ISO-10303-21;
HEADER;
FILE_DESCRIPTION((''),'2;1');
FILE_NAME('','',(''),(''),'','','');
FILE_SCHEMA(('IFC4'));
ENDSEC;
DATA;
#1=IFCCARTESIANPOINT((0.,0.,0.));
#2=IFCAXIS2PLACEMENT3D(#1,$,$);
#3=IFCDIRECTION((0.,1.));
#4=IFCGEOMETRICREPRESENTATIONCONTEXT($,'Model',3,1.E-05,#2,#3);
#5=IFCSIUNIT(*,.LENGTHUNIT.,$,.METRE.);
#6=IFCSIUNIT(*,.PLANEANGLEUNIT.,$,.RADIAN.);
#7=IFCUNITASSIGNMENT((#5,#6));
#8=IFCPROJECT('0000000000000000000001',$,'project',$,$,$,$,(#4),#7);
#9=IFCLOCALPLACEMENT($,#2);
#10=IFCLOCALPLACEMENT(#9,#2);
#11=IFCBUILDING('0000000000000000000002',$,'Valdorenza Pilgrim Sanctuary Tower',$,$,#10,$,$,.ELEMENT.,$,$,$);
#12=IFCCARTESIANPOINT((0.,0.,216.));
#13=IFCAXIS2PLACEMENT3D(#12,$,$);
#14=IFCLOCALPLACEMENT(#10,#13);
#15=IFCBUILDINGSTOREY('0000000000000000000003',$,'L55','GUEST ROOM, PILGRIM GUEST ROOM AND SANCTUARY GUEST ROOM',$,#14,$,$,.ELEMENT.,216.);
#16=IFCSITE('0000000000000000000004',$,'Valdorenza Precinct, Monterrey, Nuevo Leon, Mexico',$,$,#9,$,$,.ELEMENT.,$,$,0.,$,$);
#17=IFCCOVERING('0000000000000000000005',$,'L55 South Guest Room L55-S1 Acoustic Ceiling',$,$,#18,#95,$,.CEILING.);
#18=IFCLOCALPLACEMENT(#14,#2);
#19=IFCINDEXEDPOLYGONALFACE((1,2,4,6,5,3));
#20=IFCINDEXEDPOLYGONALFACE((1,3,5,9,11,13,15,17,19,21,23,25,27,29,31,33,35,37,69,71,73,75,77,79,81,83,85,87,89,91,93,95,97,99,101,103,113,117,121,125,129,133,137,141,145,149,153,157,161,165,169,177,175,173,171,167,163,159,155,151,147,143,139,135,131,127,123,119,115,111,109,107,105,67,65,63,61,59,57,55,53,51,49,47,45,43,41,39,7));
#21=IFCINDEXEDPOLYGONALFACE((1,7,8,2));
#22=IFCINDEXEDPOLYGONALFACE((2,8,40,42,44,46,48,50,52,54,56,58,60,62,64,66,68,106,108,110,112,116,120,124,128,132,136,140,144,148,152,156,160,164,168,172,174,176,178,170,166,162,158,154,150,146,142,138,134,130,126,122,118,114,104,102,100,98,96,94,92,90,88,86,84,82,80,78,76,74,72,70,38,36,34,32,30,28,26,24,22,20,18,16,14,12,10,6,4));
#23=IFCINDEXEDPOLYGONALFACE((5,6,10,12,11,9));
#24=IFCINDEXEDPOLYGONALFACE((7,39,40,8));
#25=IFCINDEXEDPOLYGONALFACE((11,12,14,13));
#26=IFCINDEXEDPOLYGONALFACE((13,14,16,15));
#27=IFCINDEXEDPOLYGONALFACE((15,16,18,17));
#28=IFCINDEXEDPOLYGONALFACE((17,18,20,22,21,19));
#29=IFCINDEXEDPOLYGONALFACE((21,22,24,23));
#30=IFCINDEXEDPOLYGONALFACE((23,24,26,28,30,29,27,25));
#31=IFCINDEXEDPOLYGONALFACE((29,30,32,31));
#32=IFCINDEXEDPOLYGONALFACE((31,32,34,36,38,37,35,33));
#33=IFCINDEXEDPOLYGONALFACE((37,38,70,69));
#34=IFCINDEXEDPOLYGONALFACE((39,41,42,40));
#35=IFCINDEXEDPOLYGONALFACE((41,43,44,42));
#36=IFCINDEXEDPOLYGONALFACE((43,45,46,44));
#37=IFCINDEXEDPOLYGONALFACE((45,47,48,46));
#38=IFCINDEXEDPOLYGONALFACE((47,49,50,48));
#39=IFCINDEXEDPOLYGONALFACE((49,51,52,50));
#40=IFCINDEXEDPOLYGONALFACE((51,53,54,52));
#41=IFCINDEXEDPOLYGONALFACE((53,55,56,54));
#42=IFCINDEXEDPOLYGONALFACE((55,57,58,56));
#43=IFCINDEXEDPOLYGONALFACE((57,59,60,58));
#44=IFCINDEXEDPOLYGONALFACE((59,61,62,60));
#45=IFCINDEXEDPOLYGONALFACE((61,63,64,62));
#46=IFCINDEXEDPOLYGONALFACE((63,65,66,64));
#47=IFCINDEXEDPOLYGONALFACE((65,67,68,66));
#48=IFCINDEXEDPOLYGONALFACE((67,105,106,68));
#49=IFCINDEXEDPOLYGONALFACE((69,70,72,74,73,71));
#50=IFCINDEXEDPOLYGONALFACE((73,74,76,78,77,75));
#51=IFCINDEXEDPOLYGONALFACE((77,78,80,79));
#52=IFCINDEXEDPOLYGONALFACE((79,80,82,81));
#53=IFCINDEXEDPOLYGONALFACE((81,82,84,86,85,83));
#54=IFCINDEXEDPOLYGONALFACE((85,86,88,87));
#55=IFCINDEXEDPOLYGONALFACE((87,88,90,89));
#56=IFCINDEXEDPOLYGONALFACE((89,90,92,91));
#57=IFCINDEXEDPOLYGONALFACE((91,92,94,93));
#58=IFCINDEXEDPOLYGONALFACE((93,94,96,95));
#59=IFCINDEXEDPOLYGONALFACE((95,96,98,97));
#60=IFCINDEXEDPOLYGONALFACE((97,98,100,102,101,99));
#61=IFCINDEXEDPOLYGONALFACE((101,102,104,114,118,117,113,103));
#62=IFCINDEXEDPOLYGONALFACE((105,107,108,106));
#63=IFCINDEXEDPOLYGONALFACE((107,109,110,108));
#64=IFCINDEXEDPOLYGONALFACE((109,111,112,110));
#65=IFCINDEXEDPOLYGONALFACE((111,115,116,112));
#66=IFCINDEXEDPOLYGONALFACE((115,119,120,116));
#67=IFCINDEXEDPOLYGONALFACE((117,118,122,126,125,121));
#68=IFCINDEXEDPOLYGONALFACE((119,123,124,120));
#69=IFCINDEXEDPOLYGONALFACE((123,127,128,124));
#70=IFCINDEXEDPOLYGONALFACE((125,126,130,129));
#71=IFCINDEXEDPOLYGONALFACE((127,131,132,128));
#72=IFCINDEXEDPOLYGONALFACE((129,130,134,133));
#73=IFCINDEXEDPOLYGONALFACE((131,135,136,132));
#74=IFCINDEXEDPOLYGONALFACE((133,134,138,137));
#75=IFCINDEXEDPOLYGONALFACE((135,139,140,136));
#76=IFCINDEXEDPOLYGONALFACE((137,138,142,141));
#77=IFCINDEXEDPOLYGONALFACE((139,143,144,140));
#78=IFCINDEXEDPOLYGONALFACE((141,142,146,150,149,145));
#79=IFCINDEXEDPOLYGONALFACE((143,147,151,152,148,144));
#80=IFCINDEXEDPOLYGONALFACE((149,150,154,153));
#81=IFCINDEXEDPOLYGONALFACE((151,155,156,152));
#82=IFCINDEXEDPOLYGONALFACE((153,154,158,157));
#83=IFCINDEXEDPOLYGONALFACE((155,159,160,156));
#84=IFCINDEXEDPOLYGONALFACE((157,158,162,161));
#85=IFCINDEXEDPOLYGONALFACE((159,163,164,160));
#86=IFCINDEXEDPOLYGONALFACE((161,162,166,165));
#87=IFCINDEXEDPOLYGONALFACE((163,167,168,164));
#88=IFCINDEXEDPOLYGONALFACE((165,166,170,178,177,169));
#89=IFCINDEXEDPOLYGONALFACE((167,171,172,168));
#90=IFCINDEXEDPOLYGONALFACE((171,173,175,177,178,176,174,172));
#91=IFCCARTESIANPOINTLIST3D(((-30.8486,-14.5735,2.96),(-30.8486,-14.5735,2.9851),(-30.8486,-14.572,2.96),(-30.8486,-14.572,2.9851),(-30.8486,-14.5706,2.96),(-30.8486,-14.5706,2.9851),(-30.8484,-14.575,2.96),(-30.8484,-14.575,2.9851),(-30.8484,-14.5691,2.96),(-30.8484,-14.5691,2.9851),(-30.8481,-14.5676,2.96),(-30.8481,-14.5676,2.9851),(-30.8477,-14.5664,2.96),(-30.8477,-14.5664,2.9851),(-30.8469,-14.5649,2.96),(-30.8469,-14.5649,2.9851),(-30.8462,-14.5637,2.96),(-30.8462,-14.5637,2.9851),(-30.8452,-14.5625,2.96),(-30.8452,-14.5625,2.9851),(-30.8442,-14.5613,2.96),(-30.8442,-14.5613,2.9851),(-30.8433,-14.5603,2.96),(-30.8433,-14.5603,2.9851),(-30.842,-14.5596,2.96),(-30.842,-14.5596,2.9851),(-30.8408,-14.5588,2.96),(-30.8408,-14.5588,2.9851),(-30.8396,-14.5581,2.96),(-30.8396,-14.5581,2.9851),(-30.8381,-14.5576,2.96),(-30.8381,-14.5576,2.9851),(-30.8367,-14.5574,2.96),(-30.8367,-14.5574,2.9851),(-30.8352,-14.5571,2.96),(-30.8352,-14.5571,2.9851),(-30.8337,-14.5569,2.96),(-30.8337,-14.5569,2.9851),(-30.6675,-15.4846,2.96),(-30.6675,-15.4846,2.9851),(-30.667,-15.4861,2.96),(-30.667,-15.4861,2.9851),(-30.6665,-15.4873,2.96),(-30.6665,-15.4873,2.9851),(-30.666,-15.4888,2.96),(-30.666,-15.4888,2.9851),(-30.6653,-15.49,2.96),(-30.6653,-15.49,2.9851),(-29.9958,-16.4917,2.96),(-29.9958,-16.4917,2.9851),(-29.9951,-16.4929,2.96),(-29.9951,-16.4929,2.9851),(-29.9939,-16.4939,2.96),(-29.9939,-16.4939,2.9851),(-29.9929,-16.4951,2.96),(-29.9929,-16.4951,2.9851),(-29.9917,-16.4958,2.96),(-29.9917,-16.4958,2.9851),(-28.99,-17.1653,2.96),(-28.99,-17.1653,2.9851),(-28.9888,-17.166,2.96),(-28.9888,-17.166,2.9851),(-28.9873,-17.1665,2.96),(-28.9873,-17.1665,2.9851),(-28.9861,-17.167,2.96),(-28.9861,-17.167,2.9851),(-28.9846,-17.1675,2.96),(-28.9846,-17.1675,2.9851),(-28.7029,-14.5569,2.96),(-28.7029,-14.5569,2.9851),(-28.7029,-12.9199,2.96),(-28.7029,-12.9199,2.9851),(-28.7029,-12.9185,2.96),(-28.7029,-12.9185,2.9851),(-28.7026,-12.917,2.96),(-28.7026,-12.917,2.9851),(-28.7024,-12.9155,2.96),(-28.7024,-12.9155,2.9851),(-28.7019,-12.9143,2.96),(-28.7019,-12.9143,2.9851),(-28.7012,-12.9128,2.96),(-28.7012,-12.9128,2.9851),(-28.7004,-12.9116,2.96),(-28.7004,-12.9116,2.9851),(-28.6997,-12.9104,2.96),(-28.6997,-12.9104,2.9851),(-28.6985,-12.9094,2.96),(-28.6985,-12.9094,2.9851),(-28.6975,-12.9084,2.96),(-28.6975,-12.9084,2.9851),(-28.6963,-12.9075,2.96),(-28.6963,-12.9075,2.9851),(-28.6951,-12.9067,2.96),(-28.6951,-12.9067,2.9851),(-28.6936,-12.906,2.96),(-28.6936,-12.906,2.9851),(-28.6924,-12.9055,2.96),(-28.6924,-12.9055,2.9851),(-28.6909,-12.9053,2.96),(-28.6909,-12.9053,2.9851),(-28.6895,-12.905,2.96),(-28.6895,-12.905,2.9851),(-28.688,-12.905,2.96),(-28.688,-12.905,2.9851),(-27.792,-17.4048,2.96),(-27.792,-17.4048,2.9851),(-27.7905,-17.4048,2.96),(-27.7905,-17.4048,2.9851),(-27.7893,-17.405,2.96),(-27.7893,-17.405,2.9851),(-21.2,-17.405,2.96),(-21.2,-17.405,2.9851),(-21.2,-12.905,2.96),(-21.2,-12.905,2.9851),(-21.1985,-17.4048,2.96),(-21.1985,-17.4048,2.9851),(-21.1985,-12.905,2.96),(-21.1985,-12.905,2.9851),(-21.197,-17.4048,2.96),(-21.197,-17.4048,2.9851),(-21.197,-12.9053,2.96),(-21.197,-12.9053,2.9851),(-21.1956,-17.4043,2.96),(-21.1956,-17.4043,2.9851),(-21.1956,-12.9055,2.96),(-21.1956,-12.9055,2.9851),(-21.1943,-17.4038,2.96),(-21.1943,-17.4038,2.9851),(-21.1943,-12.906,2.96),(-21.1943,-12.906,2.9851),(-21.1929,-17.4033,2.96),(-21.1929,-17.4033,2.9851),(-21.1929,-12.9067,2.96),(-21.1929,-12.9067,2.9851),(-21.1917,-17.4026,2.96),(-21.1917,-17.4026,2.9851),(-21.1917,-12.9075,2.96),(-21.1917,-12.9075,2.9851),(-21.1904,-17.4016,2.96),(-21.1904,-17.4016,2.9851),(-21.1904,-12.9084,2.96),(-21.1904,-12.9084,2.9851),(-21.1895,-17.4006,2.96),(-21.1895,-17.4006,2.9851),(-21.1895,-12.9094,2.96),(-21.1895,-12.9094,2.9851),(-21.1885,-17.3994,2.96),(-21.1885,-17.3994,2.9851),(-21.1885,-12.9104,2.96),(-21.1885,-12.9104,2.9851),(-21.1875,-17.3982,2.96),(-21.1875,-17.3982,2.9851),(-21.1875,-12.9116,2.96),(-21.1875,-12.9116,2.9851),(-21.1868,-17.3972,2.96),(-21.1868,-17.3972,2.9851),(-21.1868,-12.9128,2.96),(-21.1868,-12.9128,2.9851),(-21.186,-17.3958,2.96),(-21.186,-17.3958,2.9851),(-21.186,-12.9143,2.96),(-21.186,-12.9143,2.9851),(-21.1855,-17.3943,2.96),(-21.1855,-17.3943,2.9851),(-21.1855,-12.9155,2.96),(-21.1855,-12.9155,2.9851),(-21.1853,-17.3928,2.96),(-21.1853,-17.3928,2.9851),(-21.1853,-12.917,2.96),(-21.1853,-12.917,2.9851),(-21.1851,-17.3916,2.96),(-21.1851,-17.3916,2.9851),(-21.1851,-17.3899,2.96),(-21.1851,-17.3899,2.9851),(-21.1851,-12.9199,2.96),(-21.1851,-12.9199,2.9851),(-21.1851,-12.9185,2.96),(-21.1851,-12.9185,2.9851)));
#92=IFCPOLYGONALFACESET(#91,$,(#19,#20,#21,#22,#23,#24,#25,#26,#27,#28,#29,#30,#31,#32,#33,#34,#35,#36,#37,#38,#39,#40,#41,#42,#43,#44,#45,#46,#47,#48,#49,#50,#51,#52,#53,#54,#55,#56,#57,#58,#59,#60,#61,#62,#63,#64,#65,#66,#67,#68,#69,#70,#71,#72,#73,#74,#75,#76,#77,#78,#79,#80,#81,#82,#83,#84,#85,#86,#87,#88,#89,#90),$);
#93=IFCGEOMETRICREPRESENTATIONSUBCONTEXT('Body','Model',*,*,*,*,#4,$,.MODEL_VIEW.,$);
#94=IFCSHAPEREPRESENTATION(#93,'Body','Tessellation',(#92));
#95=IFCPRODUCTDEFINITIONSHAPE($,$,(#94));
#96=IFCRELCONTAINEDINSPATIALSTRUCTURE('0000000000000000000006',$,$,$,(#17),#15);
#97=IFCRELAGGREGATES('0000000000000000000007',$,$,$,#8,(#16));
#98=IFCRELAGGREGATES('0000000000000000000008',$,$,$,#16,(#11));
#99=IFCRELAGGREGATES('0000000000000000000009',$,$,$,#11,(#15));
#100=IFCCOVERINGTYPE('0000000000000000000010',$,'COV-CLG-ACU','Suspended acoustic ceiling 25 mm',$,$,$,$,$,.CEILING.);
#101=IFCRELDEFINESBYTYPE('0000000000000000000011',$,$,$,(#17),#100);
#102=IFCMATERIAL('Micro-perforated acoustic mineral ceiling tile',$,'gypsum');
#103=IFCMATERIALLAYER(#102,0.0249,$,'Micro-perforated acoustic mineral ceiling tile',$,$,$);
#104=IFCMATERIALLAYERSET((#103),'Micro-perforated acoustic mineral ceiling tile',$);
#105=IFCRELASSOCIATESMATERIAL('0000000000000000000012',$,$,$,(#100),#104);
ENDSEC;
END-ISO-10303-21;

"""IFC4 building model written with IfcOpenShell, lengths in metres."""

from ifc_helpers import new_model, si_unit, direction, frame, origin, place, context, subcontext, project, spatial, polyline, outline, extrude, material, layer, layer_set, type_object, element, save


model = new_model("IFC4")

# Units and contexts
model_context = context("Model", 3, precision=1e-05, world=origin(), true_north=direction((0.0, 1.0)))
body_context = subcontext(model_context, "Body", "Model", "MODEL_VIEW")
ifc_project = project(units=[si_unit("LENGTHUNIT", "METRE"), si_unit("PLANEANGLEUNIT", "RADIAN")], contexts=[model_context])

# Site, building, storey
site_placement = place(None, origin())
site = spatial("IfcSite", under=ifc_project, at=site_placement, Name="Valdorenza Precinct, Monterrey, Nuevo Leon, Mexico", CompositionType="ELEMENT", RefElevation=0.0)
building_placement = place(site_placement, origin())
building = spatial("IfcBuilding", under=site, at=building_placement, Name="Valdorenza Pilgrim Sanctuary Tower", CompositionType="ELEMENT")
storey_placement = place(building_placement, frame((0.0, 0.0, 216.0)))
storey = spatial("IfcBuildingStorey", under=building, at=storey_placement, Name="L55", Description="GUEST ROOM, PILGRIM GUEST ROOM AND SANCTUARY GUEST ROOM", CompositionType="ELEMENT", Elevation=216.0)

# Covering
ifc_material_1 = material(Name="Micro-perforated acoustic mineral ceiling tile", Category="gypsum")
ifc_layer_1 = layer(ifc_material_1, 0.0249, Name="Micro-perforated acoustic mineral ceiling tile")
ifc_layer_set_1 = layer_set([ifc_layer_1], Name="Micro-perforated acoustic mineral ceiling tile")
covering_type_1 = type_object("IfcCoveringType", Name="COV-CLG-ACU", Description="Suspended acoustic ceiling 25 mm", PredefinedType="CEILING", material=ifc_layer_set_1)
covering_1_placement = place(storey_placement, frame((0.0, 0.0, 2.96)))
element("IfcCovering", 1, at=covering_1_placement, inside=storey, type_object=covering_type_1, Name="L55 South Guest Room L55-S1 Acoustic Ceiling", PredefinedType="CEILING", context=body_context, shape_type="SweptSolid", body=[
    extrude(outline(polyline([(-28.7029, -14.5569), (-28.7029, -12.9199), (-28.7029, -12.9185), (-28.7026, -12.917), (-28.7024, -12.9155), (-28.7019, -12.9143), (-28.7012, -12.9128), (-28.7004, -12.9116), (-28.6997, -12.9104), (-28.6985, -12.9094), (-28.6975, -12.9084), (-28.6963, -12.9075), (-28.6951, -12.9067), (-28.6936, -12.906), (-28.6924, -12.9055), (-28.6909, -12.9053), (-28.6895, -12.905), (-28.688, -12.905), (-21.2, -12.905), (-21.1985, -12.905), (-21.197, -12.9053), (-21.1956, -12.9055), (-21.1943, -12.906), (-21.1929, -12.9067), (-21.1917, -12.9075), (-21.1904, -12.9084), (-21.1895, -12.9094), (-21.1885, -12.9104), (-21.1875, -12.9116), (-21.1868, -12.9128), (-21.186, -12.9143), (-21.1855, -12.9155), (-21.1853, -12.917), (-21.1851, -12.9185), (-21.1851, -12.9199), (-21.1851, -17.3899), (-21.1851, -17.3916), (-21.1853, -17.3928), (-21.1855, -17.3943), (-21.186, -17.3958), (-21.1868, -17.3972), (-21.1875, -17.3982), (-21.1885, -17.3994), (-21.1895, -17.4006), (-21.1904, -17.4016), (-21.1917, -17.4026), (-21.1929, -17.4033), (-21.1943, -17.4038), (-21.1956, -17.4043), (-21.197, -17.4048), (-21.1985, -17.4048), (-21.2, -17.405), (-27.7893, -17.405), (-27.7905, -17.4048), (-27.792, -17.4048), (-28.9846, -17.1675), (-28.9861, -17.167), (-28.9873, -17.1665), (-28.9888, -17.166), (-28.99, -17.1653), (-29.9917, -16.4958), (-29.9929, -16.4951), (-29.9939, -16.4939), (-29.9951, -16.4929), (-29.9958, -16.4917), (-30.6653, -15.49), (-30.666, -15.4888), (-30.6665, -15.4873), (-30.667, -15.4861), (-30.6675, -15.4846), (-30.8484, -14.575), (-30.8486, -14.5735), (-30.8486, -14.572), (-30.8486, -14.5706), (-30.8484, -14.5691), (-30.8481, -14.5676), (-30.8477, -14.5664), (-30.8469, -14.5649), (-30.8462, -14.5637), (-30.8452, -14.5625), (-30.8442, -14.5613), (-30.8433, -14.5603), (-30.842, -14.5596), (-30.8408, -14.5588), (-30.8396, -14.5581), (-30.8381, -14.5576), (-30.8367, -14.5574), (-30.8352, -14.5571), (-30.8337, -14.5569), (-28.7029, -14.5569)])), origin(), (0.0, 0.0, 1.0), 0.0251),
])

save(model, "model.ifc")
